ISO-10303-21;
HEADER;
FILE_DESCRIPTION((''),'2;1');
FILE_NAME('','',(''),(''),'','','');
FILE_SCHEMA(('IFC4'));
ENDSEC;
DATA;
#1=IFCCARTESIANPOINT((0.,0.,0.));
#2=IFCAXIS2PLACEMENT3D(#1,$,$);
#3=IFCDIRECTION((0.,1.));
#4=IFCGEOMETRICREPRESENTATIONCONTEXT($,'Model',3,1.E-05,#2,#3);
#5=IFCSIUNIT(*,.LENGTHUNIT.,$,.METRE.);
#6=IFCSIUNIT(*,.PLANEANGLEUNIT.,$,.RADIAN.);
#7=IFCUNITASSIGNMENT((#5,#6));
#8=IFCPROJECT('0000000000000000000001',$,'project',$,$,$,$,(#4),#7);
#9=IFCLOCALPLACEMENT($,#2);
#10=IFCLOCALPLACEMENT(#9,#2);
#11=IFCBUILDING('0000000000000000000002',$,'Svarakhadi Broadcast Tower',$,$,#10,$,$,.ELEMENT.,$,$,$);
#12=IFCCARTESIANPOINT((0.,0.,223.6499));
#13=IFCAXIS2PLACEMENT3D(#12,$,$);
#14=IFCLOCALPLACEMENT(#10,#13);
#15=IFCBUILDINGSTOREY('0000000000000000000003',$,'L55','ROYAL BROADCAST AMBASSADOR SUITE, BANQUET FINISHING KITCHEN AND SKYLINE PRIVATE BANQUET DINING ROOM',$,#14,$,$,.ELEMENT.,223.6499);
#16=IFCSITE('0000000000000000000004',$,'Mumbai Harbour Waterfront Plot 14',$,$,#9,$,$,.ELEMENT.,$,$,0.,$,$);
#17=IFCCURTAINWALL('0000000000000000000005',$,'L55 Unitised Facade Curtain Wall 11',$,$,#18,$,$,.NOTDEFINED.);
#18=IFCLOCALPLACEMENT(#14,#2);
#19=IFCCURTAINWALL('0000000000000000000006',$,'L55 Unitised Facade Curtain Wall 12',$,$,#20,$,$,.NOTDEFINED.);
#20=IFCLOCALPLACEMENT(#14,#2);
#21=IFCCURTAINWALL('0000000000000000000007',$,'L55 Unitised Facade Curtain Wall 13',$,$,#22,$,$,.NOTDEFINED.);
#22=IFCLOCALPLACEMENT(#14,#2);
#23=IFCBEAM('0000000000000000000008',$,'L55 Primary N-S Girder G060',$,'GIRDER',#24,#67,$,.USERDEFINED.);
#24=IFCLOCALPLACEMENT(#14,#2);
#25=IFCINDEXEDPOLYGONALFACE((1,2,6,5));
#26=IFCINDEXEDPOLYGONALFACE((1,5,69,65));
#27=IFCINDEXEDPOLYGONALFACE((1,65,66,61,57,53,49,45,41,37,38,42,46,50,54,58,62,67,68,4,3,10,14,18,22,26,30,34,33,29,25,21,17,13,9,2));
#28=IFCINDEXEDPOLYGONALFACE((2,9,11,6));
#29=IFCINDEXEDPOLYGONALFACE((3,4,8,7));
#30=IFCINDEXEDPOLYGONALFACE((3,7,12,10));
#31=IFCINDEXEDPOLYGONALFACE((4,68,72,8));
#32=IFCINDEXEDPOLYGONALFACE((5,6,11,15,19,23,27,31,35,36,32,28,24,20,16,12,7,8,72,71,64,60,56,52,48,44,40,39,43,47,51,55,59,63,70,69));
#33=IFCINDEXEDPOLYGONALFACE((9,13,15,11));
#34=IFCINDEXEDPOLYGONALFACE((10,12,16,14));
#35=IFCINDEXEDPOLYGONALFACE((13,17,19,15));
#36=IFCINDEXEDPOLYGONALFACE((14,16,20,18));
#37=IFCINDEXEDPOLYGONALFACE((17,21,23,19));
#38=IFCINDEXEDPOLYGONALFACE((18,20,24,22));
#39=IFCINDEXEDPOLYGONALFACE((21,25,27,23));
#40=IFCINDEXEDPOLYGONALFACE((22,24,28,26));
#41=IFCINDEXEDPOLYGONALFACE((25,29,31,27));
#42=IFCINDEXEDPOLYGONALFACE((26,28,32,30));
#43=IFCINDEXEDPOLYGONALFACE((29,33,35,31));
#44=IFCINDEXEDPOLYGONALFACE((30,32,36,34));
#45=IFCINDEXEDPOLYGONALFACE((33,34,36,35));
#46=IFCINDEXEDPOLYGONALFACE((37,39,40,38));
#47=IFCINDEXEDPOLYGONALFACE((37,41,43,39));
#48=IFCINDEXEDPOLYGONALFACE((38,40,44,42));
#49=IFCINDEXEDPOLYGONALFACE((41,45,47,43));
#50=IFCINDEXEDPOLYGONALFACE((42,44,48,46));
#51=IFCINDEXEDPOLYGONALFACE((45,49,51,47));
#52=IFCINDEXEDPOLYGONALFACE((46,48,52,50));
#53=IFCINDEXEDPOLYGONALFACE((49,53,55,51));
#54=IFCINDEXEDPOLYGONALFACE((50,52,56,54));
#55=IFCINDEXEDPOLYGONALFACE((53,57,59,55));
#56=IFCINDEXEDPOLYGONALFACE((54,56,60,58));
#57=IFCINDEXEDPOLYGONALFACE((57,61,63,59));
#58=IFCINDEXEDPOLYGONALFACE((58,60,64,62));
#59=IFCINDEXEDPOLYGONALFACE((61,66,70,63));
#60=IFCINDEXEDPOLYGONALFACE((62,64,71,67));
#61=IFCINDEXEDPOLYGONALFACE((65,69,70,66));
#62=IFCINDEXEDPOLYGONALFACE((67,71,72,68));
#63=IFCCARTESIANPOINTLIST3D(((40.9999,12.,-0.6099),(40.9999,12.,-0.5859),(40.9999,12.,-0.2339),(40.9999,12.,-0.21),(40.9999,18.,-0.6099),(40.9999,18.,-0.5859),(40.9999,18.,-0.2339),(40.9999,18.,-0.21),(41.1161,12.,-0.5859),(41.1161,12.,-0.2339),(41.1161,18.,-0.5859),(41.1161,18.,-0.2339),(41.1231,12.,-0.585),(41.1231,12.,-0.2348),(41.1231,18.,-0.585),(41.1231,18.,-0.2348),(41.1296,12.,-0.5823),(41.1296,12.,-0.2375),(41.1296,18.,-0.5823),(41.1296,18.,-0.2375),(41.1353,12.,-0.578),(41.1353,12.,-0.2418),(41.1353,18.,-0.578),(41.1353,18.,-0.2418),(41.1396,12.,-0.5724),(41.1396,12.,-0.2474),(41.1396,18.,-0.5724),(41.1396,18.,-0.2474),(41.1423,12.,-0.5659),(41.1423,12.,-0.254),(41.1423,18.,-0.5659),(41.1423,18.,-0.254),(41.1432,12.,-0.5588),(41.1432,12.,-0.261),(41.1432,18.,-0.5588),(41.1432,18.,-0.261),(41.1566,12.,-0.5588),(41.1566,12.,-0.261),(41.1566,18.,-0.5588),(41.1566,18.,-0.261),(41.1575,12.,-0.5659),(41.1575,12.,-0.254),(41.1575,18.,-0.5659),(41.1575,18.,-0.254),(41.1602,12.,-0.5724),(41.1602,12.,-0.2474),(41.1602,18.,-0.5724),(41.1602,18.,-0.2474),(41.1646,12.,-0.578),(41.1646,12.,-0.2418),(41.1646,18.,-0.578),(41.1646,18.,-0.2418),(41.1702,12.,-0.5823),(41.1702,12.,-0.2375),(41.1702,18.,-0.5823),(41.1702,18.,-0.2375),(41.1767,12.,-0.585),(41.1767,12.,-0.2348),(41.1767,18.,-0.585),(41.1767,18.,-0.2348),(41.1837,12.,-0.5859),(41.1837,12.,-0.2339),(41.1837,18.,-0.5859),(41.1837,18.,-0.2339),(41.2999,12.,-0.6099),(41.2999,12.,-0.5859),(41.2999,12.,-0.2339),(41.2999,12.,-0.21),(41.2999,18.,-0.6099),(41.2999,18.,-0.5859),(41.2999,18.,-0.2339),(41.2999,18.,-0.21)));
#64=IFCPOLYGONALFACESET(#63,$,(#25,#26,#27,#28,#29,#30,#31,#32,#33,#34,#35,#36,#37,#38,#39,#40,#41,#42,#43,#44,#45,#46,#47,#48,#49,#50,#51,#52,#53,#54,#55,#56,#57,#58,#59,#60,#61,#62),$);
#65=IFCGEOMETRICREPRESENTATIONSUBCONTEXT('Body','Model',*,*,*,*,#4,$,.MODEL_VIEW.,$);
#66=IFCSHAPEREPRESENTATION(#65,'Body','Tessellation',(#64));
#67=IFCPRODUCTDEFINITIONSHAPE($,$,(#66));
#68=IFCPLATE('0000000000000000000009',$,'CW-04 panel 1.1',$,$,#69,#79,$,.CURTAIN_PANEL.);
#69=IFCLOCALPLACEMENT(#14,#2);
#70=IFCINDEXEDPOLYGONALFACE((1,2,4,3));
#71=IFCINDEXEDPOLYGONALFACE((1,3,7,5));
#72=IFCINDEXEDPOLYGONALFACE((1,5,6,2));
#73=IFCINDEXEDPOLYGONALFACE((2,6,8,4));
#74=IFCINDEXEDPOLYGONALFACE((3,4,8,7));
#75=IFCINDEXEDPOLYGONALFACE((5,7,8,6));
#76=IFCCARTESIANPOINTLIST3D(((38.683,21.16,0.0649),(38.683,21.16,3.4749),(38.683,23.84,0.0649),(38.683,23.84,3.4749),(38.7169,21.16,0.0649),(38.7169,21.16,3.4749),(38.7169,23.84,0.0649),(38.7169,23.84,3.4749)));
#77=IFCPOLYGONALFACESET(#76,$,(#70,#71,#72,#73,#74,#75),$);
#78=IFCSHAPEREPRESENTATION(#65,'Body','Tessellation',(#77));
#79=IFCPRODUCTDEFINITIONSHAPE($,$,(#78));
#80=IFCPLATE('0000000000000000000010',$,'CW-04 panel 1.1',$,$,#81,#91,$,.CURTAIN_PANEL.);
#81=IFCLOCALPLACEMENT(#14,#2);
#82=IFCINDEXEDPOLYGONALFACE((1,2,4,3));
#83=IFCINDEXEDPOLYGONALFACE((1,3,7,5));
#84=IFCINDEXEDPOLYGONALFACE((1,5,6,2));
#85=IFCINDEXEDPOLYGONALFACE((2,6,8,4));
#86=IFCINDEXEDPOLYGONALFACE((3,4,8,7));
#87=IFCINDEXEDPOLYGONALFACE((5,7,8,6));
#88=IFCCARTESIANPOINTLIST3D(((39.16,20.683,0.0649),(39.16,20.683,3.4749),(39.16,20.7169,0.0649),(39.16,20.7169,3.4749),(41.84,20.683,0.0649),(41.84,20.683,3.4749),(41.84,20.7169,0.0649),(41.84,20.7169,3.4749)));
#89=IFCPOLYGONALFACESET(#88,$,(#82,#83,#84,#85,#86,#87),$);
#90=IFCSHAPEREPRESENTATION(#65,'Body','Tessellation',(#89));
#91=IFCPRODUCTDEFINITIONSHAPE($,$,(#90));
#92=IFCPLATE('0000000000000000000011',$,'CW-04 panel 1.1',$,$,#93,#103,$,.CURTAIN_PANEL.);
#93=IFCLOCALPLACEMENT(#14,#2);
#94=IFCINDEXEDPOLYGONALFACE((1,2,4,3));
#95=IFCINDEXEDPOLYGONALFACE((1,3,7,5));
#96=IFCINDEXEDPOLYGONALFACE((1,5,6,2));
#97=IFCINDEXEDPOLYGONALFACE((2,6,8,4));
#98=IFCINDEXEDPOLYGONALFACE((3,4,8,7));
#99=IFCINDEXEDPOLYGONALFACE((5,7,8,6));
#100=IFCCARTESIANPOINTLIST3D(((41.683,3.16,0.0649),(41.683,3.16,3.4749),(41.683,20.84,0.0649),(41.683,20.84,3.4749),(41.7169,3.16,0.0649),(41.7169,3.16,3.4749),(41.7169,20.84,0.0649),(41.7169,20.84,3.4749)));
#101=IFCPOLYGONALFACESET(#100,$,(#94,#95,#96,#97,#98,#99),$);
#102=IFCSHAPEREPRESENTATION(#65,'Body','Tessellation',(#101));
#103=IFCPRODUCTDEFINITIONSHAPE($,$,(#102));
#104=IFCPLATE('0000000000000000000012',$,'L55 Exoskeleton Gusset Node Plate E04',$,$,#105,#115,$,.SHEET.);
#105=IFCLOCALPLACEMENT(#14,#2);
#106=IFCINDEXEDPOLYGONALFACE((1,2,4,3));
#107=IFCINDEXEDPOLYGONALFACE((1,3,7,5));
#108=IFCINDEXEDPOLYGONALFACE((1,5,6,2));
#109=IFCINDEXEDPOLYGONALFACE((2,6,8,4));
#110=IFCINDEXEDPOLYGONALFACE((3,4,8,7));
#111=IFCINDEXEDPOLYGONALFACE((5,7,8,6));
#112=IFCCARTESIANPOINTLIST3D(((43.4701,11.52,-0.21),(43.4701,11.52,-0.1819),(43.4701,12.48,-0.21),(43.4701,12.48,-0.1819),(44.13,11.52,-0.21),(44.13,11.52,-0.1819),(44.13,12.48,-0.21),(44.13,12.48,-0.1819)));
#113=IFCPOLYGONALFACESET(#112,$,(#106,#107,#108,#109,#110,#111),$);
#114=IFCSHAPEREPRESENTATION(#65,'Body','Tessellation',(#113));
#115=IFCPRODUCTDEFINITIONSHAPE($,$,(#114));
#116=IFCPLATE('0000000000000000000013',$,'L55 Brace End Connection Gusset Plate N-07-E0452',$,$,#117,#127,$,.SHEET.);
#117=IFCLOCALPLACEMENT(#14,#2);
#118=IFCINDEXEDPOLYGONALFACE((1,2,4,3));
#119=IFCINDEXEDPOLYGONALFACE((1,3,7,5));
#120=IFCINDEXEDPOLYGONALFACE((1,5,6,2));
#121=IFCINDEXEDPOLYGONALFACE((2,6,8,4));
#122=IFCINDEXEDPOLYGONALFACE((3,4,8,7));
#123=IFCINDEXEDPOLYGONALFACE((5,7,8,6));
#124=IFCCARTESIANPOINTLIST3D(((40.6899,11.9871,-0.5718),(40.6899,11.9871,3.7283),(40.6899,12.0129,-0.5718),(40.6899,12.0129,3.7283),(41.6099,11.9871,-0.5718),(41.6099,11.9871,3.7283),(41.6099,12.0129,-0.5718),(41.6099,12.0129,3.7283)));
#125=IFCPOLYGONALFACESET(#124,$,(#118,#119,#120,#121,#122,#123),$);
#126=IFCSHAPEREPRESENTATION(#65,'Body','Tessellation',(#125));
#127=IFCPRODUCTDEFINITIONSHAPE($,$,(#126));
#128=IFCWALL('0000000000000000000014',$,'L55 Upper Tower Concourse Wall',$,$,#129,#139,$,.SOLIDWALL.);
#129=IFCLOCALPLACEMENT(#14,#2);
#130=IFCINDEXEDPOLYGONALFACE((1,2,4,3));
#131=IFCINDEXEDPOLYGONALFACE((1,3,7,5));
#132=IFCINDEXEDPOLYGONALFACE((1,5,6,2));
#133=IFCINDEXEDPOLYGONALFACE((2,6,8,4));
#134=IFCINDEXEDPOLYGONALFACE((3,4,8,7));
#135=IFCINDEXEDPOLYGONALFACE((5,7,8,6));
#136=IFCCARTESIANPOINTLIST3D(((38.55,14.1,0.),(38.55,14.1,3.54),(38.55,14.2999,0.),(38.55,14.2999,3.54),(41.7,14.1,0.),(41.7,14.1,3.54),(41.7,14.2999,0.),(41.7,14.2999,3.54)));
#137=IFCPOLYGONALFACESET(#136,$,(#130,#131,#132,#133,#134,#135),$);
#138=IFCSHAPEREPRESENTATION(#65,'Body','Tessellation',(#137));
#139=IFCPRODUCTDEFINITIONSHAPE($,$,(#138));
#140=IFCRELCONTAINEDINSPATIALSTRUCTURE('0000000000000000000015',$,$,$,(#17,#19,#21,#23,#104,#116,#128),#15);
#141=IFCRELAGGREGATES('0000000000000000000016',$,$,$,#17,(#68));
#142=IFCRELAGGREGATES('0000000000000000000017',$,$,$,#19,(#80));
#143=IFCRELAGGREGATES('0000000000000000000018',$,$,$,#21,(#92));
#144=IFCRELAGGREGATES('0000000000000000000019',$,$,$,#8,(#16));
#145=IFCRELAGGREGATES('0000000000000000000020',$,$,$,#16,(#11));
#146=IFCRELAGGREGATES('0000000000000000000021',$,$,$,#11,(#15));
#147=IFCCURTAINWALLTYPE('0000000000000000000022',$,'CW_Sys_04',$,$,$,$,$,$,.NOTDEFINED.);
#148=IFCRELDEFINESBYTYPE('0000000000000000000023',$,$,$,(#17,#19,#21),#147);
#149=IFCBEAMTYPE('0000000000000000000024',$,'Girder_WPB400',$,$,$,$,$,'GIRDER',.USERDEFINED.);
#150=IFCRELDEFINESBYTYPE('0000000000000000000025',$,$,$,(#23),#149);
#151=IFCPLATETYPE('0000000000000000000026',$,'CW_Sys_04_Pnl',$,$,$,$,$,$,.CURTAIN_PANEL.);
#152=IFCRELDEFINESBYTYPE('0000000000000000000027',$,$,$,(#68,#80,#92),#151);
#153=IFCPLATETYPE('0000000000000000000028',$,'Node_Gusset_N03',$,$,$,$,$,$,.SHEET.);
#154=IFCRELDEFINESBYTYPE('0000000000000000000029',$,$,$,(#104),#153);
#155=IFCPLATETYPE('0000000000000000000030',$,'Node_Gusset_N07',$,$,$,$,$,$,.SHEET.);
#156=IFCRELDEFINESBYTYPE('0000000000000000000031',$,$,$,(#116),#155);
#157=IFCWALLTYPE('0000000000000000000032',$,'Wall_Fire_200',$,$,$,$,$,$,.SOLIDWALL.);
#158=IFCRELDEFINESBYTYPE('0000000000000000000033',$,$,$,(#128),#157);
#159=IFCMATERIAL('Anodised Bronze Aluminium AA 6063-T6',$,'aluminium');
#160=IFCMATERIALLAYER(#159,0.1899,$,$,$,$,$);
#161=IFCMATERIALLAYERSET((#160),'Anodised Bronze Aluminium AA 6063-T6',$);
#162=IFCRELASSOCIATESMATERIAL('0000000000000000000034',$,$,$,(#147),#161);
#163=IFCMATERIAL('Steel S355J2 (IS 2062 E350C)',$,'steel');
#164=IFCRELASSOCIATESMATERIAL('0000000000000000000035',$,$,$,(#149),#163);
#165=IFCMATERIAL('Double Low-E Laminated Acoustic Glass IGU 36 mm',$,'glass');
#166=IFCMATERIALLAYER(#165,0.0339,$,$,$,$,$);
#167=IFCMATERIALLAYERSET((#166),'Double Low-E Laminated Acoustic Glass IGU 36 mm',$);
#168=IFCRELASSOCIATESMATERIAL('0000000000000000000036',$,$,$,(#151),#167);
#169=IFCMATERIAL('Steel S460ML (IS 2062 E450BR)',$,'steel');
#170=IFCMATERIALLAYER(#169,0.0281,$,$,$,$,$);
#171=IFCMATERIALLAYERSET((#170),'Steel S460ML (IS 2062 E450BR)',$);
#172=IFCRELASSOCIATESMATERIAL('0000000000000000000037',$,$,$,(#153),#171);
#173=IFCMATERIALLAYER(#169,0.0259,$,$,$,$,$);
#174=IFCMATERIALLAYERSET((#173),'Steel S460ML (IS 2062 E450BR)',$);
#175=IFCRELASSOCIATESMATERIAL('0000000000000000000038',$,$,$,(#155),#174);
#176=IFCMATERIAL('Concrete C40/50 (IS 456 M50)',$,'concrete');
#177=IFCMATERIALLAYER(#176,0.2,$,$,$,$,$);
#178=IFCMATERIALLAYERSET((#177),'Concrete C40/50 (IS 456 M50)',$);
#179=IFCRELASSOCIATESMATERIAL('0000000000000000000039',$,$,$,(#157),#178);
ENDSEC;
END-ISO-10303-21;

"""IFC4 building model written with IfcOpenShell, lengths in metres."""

from ifc_helpers import new_model, si_unit, direction, frame, frame_2d, origin, origin_2d, place, context, subcontext, project, spatial, rectangle, i_section, extrude, material, layer, layer_set, material_profile, profile_set, type_object, element, aggregate, save


model = new_model("IFC4")

# Units and contexts
model_context = context("Model", 3, precision=1e-05, world=origin(), true_north=direction((0.0, 1.0)))
body_context = subcontext(model_context, "Body", "Model", "MODEL_VIEW")
ifc_project = project(units=[si_unit("LENGTHUNIT", "METRE"), si_unit("PLANEANGLEUNIT", "RADIAN")], contexts=[model_context])

# Site, building, storey
site_placement = place(None, origin())
site = spatial("IfcSite", under=ifc_project, at=site_placement, Name="Mumbai Harbour Waterfront Plot 14", CompositionType="ELEMENT", RefElevation=0.0)
building_placement = place(site_placement, origin())
building = spatial("IfcBuilding", under=site, at=building_placement, Name="Svarakhadi Broadcast Tower", CompositionType="ELEMENT")
storey_placement = place(building_placement, frame((0.0, 0.0, 223.6499)))
storey = spatial("IfcBuildingStorey", under=building, at=storey_placement, Name="L55", Description="ROYAL BROADCAST AMBASSADOR SUITE, BANQUET FINISHING KITCHEN AND SKYLINE PRIVATE BANQUET DINING ROOM", CompositionType="ELEMENT", Elevation=223.6499)

# Shared definitions
ifc_material_1 = material(Name="Steel S460ML (IS 2062 E450BR)", Category="steel")

# Shared definitions
ifc_material_2 = material(Name="Anodised Bronze Aluminium AA 6063-T6", Category="aluminium")
ifc_layer_1 = layer(ifc_material_2, 0.1899)
ifc_layer_set_1 = layer_set([ifc_layer_1], Name="Anodised Bronze Aluminium AA 6063-T6")
curtain_wall_type = type_object("IfcCurtainWallType", Name="CW_Sys_04", PredefinedType="NOTDEFINED", material=ifc_layer_set_1)

# Curtain walls
curtain_wall_1_placement = place(storey_placement, origin())
curtain_wall_1 = element("IfcCurtainWall", 1, at=curtain_wall_1_placement, inside=storey, type_object=curtain_wall_type, Name="L55 Unitised Facade Curtain Wall 11", PredefinedType="NOTDEFINED")
curtain_wall_2_placement = place(storey_placement, origin())
curtain_wall_2 = element("IfcCurtainWall", 2, at=curtain_wall_2_placement, inside=storey, type_object=curtain_wall_type, Name="L55 Unitised Facade Curtain Wall 12", PredefinedType="NOTDEFINED")

# Curtain wall
curtain_wall_3_placement = place(storey_placement, origin())
curtain_wall_3 = element("IfcCurtainWall", 3, at=curtain_wall_3_placement, inside=storey, type_object=curtain_wall_type, Name="L55 Unitised Facade Curtain Wall 13", PredefinedType="NOTDEFINED")

# Beam
ifc_material_3 = material(Name="Steel S355J2 (IS 2062 E350C)", Category="steel")
ifc_material_profile_1 = material_profile(ifc_material_3, i_section(OverallWidth=0.3, OverallDepth=0.3999, WebThickness=0.0134, FlangeThickness=0.0239, FilletRadius=0.0271, at=origin_2d()), Name="WPB 400x300x155")
ifc_profile_set_1 = profile_set([ifc_material_profile_1], Name="Steel S355J2 (IS 2062 E350C)")
beam_type = type_object("IfcBeamType", Name="Girder_WPB400", ElementType="GIRDER", PredefinedType="USERDEFINED", material=ifc_profile_set_1)
beam_placement = place(storey_placement, frame((41.1499, 12.0, -0.4099), z_axis=(0.0, 1.0, 0.0), x_axis=(-1.0, 0.0, 0.0)))
element("IfcBeam", 4, at=beam_placement, inside=storey, type_object=beam_type, Name="L55 Primary N-S Girder G060", ObjectType="GIRDER", PredefinedType="USERDEFINED", context=body_context, shape_type="SweptSolid", body=[
    extrude(i_section(OverallWidth=0.3, OverallDepth=0.3999, WebThickness=0.0134, FlangeThickness=0.0239, FilletRadius=0.0271, at=origin_2d()), origin(), (0.0, 0.0, 1.0), 6.0),
])

# Plates
ifc_material_4 = material(Name="Double Low-E Laminated Acoustic Glass IGU 36 mm", Category="glass")
ifc_layer_2 = layer(ifc_material_4, 0.0339)
ifc_layer_set_2 = layer_set([ifc_layer_2], Name="Double Low-E Laminated Acoustic Glass IGU 36 mm")
plate_type_1 = type_object("IfcPlateType", Name="CW_Sys_04_Pnl", PredefinedType="CURTAIN_PANEL", material=ifc_layer_set_2)
plate_1_placement = place(storey_placement, frame((38.7, 22.5, 0.0649), z_axis=(0.0, 0.0, 1.0), x_axis=(0.0, -1.0, 0.0)))
plate_1 = element("IfcPlate", 5, at=plate_1_placement, type_object=plate_type_1, Name="CW-04 panel 1.1", PredefinedType="CURTAIN_PANEL", context=body_context, shape_type="SweptSolid", body=[
    extrude(rectangle(XDim=2.6799, YDim=0.0339, at=origin_2d()), origin(), (0.0, 0.0, 1.0), 3.4099),
])
aggregate(curtain_wall_1, [plate_1])
plate_2_placement = place(storey_placement, frame((40.5, 20.7, 0.0649), z_axis=(0.0, 0.0, 1.0), x_axis=(1.0, 0.0, 0.0)))
plate_2 = element("IfcPlate", 6, at=plate_2_placement, type_object=plate_type_1, Name="CW-04 panel 1.1", PredefinedType="CURTAIN_PANEL", context=body_context, shape_type="SweptSolid", body=[
    extrude(rectangle(XDim=2.6799, YDim=0.0339, at=origin_2d()), origin(), (0.0, 0.0, 1.0), 3.4099),
])
aggregate(curtain_wall_2, [plate_2])
plate_3_placement = place(storey_placement, frame((41.7, 12.0, 0.0649), z_axis=(0.0, 0.0, 1.0), x_axis=(0.0, -1.0, 0.0)))
plate_3 = element("IfcPlate", 7, at=plate_3_placement, type_object=plate_type_1, Name="CW-04 panel 1.1", PredefinedType="CURTAIN_PANEL", context=body_context, shape_type="SweptSolid", body=[
    extrude(rectangle(XDim=17.6799, YDim=0.0339, at=origin_2d()), origin(), (0.0, 0.0, 1.0), 3.4099),
])
aggregate(curtain_wall_3, [plate_3])

# Plates
ifc_layer_3 = layer(ifc_material_1, 0.0281)
ifc_layer_set_3 = layer_set([ifc_layer_3], Name="Steel S460ML (IS 2062 E450BR)")
plate_type_2 = type_object("IfcPlateType", Name="Node_Gusset_N03", PredefinedType="SHEET", material=ifc_layer_set_3)
plate_4_placement = place(storey_placement, frame((43.8, 12.0, -0.21), z_axis=(0.0, 0.0, 1.0), x_axis=(0.0, 1.0, 0.0)))
element("IfcPlate", 8, at=plate_4_placement, inside=storey, type_object=plate_type_2, Name="L55 Exoskeleton Gusset Node Plate E04", PredefinedType="SHEET", context=body_context, shape_type="SweptSolid", body=[
    extrude(rectangle(XDim=0.96, YDim=0.6599, at=origin_2d()), origin(), (0.0, 0.0, 1.0), 0.0281),
])
ifc_layer_4 = layer(ifc_material_1, 0.0259)
ifc_layer_set_4 = layer_set([ifc_layer_4], Name="Steel S460ML (IS 2062 E450BR)")
plate_type_3 = type_object("IfcPlateType", Name="Node_Gusset_N07", PredefinedType="SHEET", material=ifc_layer_set_4)
plate_5_placement = place(storey_placement, frame((41.1499, 12.0, -0.5718), z_axis=(0.0, 0.0, 1.0), x_axis=(1.0, 0.0, 0.0)))
element("IfcPlate", 9, at=plate_5_placement, inside=storey, type_object=plate_type_3, Name="L55 Brace End Connection Gusset Plate N-07-E0452", PredefinedType="SHEET", context=body_context, shape_type="SweptSolid", body=[
    extrude(rectangle(XDim=0.9199, YDim=0.0259, at=origin_2d()), origin(), (0.0, 0.0, 1.0), 4.3),
])

# Wall
ifc_material_5 = material(Name="Concrete C40/50 (IS 456 M50)", Category="concrete")
ifc_layer_5 = layer(ifc_material_5, 0.2)
ifc_layer_set_5 = layer_set([ifc_layer_5], Name="Concrete C40/50 (IS 456 M50)")
wall_type = type_object("IfcWallType", Name="Wall_Fire_200", PredefinedType="SOLIDWALL", material=ifc_layer_set_5)
wall_placement = place(storey_placement, frame((41.7, 14.2, 0.0), z_axis=(0.0, 0.0, 1.0), x_axis=(-1.0, 0.0, 0.0)))
element("IfcWall", 10, at=wall_placement, inside=storey, type_object=wall_type, Name="L55 Upper Tower Concourse Wall", PredefinedType="SOLIDWALL", context=body_context, shape_type="SweptSolid", body=[
    extrude(rectangle(XDim=3.1499, YDim=0.2, at=frame_2d((1.575, 0.0))), origin(), (0.0, 0.0, 1.0), 3.54),
])

save(model, "model.ifc")
